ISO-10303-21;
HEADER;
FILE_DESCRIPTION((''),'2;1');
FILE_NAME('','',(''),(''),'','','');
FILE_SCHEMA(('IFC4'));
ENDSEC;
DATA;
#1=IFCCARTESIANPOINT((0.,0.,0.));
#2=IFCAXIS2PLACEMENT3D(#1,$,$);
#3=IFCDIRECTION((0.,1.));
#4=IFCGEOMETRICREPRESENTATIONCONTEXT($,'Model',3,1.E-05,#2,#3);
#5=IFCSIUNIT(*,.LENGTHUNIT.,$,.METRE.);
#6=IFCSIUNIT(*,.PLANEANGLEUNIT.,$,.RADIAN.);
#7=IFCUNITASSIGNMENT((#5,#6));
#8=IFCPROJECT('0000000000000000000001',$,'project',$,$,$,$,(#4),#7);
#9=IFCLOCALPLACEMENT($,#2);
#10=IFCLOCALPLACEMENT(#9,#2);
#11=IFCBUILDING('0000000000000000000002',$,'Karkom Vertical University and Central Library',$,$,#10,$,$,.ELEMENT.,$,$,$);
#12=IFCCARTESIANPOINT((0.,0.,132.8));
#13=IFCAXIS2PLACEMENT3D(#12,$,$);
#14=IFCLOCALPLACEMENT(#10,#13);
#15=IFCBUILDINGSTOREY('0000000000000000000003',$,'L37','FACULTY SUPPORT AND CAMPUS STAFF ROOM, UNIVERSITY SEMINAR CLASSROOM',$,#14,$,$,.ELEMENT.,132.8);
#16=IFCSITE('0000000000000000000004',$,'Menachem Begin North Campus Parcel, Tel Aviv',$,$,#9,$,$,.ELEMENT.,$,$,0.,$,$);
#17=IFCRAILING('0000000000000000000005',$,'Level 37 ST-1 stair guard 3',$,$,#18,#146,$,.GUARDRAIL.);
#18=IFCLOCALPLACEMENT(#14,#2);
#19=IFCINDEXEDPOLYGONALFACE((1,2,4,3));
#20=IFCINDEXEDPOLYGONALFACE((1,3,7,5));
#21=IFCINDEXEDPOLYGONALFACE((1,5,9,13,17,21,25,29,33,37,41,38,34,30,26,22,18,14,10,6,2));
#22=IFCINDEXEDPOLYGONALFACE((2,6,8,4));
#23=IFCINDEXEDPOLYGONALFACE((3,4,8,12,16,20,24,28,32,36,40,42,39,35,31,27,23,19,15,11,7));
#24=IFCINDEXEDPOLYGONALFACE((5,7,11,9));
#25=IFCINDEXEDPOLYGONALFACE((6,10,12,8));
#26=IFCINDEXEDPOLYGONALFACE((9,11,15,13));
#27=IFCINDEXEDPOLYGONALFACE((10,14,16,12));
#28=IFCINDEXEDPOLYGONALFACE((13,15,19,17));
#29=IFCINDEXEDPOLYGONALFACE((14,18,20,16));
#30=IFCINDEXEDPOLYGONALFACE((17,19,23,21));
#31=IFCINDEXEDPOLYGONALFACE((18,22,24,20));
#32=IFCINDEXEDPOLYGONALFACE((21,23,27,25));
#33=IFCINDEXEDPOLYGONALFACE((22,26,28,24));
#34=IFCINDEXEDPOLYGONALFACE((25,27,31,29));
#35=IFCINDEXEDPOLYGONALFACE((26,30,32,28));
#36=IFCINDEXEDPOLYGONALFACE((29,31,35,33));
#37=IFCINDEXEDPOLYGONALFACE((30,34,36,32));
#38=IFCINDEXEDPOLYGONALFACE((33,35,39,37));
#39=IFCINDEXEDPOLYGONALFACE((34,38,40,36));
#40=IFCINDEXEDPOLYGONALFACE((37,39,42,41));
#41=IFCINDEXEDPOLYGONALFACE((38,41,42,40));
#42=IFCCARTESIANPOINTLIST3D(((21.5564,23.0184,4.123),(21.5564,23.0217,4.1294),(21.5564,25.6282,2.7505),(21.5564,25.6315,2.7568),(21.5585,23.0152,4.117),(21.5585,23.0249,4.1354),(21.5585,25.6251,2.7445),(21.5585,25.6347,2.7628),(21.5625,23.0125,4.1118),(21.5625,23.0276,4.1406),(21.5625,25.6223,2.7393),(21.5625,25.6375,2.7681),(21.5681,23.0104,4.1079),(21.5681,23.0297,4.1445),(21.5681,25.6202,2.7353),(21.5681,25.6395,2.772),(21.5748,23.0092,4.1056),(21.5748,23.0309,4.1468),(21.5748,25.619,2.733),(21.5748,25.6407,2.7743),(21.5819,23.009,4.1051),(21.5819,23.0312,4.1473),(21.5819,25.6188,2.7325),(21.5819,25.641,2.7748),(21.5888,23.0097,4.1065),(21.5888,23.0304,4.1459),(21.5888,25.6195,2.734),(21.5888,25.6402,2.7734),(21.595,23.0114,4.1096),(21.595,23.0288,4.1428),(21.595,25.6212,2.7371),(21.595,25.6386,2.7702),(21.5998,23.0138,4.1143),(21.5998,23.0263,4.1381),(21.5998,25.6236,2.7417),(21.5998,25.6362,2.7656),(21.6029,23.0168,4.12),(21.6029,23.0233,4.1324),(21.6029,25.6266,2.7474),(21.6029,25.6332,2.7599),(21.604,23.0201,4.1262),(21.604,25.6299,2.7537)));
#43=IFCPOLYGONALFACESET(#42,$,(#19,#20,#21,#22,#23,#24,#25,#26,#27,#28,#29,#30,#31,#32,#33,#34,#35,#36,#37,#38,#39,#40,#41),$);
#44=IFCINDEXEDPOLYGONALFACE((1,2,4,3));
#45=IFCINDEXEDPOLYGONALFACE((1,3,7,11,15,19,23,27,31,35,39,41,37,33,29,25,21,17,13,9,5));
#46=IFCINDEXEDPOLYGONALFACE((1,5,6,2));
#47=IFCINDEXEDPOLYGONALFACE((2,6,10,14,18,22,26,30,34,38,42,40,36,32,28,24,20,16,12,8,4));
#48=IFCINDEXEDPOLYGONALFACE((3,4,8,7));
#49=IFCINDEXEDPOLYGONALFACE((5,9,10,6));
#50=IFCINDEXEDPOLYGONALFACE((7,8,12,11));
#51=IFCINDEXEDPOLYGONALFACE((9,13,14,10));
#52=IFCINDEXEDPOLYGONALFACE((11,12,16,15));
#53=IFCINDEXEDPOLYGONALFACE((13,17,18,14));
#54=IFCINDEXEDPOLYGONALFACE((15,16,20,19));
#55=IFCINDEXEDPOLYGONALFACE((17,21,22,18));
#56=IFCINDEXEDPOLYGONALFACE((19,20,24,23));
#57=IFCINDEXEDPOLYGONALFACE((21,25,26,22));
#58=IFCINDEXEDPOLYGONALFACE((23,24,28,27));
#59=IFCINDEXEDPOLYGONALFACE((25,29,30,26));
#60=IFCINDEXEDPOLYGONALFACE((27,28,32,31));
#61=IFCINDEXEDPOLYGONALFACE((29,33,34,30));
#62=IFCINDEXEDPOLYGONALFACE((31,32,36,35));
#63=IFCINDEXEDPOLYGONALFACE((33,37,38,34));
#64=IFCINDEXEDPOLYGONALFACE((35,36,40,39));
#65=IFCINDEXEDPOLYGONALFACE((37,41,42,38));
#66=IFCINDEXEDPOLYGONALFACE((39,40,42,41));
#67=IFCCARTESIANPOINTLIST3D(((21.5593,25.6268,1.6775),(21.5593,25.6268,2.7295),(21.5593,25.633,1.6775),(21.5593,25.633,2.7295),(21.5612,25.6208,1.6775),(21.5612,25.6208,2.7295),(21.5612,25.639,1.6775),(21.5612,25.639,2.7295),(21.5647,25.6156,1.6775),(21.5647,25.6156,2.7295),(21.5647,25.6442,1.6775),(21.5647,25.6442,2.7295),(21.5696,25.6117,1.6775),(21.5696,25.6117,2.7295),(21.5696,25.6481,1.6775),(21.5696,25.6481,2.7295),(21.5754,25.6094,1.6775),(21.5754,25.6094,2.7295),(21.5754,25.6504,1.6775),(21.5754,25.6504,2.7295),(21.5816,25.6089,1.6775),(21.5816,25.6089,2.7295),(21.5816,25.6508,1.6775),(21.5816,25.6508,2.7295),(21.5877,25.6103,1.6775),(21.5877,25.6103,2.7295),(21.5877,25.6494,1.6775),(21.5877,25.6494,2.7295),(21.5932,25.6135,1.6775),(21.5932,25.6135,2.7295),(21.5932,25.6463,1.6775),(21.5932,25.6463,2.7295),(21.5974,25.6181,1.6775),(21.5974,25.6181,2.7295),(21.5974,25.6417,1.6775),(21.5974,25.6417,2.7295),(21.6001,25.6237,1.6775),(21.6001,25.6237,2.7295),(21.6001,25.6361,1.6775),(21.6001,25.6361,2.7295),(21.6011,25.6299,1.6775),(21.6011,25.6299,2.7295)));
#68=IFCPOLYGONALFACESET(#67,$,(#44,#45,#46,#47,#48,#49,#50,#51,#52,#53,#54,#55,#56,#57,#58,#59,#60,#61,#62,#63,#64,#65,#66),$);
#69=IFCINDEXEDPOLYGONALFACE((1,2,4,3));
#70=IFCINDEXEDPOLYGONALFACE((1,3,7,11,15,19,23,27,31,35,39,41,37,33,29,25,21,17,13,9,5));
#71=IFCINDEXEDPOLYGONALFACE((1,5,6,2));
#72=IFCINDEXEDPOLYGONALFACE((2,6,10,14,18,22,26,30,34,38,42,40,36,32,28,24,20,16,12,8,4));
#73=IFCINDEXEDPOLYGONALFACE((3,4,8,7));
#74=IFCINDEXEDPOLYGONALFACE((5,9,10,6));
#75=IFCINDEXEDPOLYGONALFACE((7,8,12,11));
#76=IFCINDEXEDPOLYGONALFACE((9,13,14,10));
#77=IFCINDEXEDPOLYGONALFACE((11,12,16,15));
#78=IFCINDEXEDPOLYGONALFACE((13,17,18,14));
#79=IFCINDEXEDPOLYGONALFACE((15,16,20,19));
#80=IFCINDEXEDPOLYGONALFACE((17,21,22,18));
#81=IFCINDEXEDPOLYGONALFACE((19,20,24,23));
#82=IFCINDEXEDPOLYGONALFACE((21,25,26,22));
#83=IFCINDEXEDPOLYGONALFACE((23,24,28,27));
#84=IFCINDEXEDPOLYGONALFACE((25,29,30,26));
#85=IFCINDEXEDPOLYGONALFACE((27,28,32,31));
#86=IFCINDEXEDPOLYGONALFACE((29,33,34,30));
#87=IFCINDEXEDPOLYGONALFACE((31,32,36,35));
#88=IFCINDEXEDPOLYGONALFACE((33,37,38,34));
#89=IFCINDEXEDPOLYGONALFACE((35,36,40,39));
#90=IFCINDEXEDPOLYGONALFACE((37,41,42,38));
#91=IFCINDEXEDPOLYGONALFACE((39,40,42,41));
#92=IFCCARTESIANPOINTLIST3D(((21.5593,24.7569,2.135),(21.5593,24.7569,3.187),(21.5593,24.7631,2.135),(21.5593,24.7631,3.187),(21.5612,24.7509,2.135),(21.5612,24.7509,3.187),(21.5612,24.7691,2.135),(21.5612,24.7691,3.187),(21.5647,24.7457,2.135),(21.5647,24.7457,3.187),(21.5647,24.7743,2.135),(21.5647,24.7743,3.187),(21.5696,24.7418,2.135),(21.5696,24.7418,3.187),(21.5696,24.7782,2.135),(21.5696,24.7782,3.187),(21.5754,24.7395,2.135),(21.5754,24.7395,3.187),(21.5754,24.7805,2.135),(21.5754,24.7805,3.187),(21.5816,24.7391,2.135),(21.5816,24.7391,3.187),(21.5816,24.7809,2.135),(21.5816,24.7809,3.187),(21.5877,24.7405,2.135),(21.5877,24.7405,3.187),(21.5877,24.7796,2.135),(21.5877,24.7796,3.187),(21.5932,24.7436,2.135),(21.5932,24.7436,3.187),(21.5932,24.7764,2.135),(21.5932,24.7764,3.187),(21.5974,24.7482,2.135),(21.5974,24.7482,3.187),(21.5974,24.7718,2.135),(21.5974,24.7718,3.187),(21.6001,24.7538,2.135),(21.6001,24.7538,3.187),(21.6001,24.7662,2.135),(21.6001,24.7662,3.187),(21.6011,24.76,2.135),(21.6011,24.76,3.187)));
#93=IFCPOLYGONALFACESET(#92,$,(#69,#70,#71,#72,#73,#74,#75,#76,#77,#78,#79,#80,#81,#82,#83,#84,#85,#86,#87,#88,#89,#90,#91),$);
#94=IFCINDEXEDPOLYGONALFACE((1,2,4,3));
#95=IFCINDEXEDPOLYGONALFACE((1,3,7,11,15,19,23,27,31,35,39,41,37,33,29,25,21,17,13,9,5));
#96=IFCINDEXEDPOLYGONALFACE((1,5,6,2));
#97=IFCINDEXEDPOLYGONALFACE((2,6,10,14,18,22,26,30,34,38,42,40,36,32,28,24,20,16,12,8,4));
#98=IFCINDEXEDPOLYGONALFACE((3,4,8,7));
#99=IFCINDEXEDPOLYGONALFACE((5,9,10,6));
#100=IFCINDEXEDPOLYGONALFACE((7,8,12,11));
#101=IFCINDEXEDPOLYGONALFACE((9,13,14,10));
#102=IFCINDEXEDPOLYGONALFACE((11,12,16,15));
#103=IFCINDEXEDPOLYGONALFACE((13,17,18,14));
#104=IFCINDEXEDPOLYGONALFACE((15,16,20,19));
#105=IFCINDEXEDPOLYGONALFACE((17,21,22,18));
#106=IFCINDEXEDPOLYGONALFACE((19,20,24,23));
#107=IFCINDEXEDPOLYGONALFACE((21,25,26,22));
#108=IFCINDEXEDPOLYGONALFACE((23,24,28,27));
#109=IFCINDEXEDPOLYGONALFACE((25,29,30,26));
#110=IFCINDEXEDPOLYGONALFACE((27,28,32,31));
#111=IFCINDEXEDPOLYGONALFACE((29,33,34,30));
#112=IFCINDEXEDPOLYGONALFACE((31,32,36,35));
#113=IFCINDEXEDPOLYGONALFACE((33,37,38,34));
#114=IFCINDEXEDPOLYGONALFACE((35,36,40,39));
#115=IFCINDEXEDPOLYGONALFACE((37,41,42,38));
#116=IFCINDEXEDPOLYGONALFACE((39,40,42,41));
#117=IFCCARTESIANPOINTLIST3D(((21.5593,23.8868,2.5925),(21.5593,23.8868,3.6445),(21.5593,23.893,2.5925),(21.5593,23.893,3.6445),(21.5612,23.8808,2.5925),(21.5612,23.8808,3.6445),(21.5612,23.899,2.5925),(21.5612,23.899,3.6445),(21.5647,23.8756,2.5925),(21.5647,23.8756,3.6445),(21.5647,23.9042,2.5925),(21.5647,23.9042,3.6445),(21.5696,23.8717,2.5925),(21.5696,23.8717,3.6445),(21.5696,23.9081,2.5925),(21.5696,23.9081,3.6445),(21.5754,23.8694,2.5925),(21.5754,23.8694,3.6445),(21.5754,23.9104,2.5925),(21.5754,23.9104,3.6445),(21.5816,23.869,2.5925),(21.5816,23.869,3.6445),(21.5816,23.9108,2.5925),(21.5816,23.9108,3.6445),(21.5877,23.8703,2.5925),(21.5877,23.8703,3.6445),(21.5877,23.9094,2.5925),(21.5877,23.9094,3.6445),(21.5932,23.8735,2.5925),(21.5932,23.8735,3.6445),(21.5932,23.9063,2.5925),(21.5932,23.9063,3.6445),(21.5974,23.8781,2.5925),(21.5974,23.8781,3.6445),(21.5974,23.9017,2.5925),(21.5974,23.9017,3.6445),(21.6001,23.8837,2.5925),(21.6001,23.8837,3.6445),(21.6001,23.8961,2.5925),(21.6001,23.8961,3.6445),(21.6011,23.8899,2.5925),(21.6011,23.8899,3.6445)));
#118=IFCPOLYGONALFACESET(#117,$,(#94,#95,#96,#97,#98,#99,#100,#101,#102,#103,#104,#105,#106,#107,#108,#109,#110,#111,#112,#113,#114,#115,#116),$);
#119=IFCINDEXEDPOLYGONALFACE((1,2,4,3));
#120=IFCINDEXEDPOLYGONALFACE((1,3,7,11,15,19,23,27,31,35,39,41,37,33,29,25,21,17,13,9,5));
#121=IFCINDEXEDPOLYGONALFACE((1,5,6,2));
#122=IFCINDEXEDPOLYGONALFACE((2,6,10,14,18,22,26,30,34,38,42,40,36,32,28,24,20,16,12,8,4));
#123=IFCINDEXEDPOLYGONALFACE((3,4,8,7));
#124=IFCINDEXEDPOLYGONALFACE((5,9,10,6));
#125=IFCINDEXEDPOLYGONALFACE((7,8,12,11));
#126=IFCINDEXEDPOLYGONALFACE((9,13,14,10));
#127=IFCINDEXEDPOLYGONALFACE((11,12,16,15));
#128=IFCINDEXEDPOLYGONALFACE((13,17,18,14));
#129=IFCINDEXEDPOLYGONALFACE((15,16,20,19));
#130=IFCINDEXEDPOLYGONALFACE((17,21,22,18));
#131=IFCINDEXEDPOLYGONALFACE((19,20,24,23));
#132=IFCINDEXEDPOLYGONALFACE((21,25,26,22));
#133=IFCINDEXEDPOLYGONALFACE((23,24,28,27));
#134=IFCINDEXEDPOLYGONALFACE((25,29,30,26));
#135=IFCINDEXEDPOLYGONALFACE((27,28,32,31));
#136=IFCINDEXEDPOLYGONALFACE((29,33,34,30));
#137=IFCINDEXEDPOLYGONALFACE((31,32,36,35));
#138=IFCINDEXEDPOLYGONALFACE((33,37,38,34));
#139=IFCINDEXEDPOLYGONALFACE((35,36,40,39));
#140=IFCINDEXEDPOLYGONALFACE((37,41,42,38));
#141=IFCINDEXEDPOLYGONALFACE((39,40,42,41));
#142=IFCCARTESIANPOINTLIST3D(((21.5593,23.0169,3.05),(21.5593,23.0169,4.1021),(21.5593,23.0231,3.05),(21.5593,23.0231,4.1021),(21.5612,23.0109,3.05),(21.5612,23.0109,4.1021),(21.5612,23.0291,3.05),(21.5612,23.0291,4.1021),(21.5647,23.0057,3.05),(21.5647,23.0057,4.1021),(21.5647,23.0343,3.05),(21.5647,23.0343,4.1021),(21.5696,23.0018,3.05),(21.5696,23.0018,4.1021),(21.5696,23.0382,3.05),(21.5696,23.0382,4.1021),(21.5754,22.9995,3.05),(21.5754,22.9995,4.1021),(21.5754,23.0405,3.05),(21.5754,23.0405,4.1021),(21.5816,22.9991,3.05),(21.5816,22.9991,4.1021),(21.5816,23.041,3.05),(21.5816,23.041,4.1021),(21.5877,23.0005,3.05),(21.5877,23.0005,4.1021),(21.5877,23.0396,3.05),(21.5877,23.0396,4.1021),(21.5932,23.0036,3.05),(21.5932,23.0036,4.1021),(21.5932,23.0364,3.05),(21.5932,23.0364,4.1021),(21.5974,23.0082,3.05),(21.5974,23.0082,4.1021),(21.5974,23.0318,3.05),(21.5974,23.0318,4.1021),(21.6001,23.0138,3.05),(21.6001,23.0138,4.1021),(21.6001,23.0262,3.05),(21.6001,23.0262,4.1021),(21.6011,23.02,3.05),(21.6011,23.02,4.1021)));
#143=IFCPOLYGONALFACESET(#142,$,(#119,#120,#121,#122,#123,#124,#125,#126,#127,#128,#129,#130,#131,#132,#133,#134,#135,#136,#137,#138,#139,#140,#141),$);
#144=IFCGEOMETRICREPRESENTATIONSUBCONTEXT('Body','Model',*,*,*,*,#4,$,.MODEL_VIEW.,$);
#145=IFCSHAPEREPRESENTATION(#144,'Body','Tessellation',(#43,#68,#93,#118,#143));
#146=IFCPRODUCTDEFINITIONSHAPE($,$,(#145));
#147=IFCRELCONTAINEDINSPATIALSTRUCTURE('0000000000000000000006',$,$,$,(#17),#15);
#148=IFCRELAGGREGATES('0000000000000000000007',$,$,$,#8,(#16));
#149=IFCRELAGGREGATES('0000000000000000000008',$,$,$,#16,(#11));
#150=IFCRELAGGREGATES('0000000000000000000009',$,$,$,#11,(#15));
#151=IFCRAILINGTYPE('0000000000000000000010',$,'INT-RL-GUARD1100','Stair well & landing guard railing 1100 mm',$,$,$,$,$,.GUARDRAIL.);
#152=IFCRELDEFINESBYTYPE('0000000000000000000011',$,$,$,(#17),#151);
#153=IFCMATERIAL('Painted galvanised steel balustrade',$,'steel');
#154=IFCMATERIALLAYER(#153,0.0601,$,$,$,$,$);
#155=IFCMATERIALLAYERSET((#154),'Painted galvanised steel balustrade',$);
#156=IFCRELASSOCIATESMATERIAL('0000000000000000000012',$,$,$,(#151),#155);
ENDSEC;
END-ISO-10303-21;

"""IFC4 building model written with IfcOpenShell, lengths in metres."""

from ifc_helpers import new_model, si_unit, direction, frame, origin, origin_2d, place, context, subcontext, project, spatial, circle, extrude, material, layer, layer_set, type_object, element, save


model = new_model("IFC4")

# Units and contexts
model_context = context("Model", 3, precision=1e-05, world=origin(), true_north=direction((0.0, 1.0)))
body_context = subcontext(model_context, "Body", "Model", "MODEL_VIEW")
ifc_project = project(units=[si_unit("LENGTHUNIT", "METRE"), si_unit("PLANEANGLEUNIT", "RADIAN")], contexts=[model_context])

# Site, building, storey
site_placement = place(None, origin())
site = spatial("IfcSite", under=ifc_project, at=site_placement, Name="Menachem Begin North Campus Parcel, Tel Aviv", CompositionType="ELEMENT", RefElevation=0.0)
building_placement = place(site_placement, origin())
building = spatial("IfcBuilding", under=site, at=building_placement, Name="Karkom Vertical University and Central Library", CompositionType="ELEMENT")
storey_placement = place(building_placement, frame((0.0, 0.0, 132.8)))
storey = spatial("IfcBuildingStorey", under=building, at=storey_placement, Name="L37", Description="FACULTY SUPPORT AND CAMPUS STAFF ROOM, UNIVERSITY SEMINAR CLASSROOM", CompositionType="ELEMENT", Elevation=132.8)

# Railing
ifc_material_1 = material(Name="Painted galvanised steel balustrade", Category="steel")
ifc_layer_1 = layer(ifc_material_1, 0.0601)
ifc_layer_set_1 = layer_set([ifc_layer_1], Name="Painted galvanised steel balustrade")
railing_type_1 = type_object("IfcRailingType", Name="INT-RL-GUARD1100", Description="Stair well & landing guard railing 1100 mm", PredefinedType="GUARDRAIL", material=ifc_layer_set_1)
railing_1_placement = place(storey_placement, frame((21.5801, 25.6299, 1.6775)))
element("IfcRailing", 1, at=railing_1_placement, inside=storey, type_object=railing_type_1, Name="Level 37 ST-1 stair guard 3", PredefinedType="GUARDRAIL", context=body_context, shape_type="SweptSolid", body=[
    extrude(circle(Radius=0.0239, at=origin_2d()), frame((0.0, 0.0, 1.0762), z_axis=(0.0, -0.885065, 0.465467), x_axis=(1.0, 0.0, 0.0)), (0.0, 0.0, 1.0), 2.9487),
    extrude(circle(Radius=0.021, at=origin_2d()), origin(), (0.0, 0.0, 1.0), 1.052),
    extrude(circle(Radius=0.021, at=origin_2d()), frame((0.0, -0.8699, 0.4575)), (0.0, 0.0, 1.0), 1.052),
    extrude(circle(Radius=0.021, at=origin_2d()), frame((0.0, -1.74, 0.915)), (0.0, 0.0, 1.0), 1.052),
    extrude(circle(Radius=0.021, at=origin_2d()), frame((0.0, -2.6099, 1.3726)), (0.0, 0.0, 1.0), 1.052),
])

save(model, "model.ifc")
